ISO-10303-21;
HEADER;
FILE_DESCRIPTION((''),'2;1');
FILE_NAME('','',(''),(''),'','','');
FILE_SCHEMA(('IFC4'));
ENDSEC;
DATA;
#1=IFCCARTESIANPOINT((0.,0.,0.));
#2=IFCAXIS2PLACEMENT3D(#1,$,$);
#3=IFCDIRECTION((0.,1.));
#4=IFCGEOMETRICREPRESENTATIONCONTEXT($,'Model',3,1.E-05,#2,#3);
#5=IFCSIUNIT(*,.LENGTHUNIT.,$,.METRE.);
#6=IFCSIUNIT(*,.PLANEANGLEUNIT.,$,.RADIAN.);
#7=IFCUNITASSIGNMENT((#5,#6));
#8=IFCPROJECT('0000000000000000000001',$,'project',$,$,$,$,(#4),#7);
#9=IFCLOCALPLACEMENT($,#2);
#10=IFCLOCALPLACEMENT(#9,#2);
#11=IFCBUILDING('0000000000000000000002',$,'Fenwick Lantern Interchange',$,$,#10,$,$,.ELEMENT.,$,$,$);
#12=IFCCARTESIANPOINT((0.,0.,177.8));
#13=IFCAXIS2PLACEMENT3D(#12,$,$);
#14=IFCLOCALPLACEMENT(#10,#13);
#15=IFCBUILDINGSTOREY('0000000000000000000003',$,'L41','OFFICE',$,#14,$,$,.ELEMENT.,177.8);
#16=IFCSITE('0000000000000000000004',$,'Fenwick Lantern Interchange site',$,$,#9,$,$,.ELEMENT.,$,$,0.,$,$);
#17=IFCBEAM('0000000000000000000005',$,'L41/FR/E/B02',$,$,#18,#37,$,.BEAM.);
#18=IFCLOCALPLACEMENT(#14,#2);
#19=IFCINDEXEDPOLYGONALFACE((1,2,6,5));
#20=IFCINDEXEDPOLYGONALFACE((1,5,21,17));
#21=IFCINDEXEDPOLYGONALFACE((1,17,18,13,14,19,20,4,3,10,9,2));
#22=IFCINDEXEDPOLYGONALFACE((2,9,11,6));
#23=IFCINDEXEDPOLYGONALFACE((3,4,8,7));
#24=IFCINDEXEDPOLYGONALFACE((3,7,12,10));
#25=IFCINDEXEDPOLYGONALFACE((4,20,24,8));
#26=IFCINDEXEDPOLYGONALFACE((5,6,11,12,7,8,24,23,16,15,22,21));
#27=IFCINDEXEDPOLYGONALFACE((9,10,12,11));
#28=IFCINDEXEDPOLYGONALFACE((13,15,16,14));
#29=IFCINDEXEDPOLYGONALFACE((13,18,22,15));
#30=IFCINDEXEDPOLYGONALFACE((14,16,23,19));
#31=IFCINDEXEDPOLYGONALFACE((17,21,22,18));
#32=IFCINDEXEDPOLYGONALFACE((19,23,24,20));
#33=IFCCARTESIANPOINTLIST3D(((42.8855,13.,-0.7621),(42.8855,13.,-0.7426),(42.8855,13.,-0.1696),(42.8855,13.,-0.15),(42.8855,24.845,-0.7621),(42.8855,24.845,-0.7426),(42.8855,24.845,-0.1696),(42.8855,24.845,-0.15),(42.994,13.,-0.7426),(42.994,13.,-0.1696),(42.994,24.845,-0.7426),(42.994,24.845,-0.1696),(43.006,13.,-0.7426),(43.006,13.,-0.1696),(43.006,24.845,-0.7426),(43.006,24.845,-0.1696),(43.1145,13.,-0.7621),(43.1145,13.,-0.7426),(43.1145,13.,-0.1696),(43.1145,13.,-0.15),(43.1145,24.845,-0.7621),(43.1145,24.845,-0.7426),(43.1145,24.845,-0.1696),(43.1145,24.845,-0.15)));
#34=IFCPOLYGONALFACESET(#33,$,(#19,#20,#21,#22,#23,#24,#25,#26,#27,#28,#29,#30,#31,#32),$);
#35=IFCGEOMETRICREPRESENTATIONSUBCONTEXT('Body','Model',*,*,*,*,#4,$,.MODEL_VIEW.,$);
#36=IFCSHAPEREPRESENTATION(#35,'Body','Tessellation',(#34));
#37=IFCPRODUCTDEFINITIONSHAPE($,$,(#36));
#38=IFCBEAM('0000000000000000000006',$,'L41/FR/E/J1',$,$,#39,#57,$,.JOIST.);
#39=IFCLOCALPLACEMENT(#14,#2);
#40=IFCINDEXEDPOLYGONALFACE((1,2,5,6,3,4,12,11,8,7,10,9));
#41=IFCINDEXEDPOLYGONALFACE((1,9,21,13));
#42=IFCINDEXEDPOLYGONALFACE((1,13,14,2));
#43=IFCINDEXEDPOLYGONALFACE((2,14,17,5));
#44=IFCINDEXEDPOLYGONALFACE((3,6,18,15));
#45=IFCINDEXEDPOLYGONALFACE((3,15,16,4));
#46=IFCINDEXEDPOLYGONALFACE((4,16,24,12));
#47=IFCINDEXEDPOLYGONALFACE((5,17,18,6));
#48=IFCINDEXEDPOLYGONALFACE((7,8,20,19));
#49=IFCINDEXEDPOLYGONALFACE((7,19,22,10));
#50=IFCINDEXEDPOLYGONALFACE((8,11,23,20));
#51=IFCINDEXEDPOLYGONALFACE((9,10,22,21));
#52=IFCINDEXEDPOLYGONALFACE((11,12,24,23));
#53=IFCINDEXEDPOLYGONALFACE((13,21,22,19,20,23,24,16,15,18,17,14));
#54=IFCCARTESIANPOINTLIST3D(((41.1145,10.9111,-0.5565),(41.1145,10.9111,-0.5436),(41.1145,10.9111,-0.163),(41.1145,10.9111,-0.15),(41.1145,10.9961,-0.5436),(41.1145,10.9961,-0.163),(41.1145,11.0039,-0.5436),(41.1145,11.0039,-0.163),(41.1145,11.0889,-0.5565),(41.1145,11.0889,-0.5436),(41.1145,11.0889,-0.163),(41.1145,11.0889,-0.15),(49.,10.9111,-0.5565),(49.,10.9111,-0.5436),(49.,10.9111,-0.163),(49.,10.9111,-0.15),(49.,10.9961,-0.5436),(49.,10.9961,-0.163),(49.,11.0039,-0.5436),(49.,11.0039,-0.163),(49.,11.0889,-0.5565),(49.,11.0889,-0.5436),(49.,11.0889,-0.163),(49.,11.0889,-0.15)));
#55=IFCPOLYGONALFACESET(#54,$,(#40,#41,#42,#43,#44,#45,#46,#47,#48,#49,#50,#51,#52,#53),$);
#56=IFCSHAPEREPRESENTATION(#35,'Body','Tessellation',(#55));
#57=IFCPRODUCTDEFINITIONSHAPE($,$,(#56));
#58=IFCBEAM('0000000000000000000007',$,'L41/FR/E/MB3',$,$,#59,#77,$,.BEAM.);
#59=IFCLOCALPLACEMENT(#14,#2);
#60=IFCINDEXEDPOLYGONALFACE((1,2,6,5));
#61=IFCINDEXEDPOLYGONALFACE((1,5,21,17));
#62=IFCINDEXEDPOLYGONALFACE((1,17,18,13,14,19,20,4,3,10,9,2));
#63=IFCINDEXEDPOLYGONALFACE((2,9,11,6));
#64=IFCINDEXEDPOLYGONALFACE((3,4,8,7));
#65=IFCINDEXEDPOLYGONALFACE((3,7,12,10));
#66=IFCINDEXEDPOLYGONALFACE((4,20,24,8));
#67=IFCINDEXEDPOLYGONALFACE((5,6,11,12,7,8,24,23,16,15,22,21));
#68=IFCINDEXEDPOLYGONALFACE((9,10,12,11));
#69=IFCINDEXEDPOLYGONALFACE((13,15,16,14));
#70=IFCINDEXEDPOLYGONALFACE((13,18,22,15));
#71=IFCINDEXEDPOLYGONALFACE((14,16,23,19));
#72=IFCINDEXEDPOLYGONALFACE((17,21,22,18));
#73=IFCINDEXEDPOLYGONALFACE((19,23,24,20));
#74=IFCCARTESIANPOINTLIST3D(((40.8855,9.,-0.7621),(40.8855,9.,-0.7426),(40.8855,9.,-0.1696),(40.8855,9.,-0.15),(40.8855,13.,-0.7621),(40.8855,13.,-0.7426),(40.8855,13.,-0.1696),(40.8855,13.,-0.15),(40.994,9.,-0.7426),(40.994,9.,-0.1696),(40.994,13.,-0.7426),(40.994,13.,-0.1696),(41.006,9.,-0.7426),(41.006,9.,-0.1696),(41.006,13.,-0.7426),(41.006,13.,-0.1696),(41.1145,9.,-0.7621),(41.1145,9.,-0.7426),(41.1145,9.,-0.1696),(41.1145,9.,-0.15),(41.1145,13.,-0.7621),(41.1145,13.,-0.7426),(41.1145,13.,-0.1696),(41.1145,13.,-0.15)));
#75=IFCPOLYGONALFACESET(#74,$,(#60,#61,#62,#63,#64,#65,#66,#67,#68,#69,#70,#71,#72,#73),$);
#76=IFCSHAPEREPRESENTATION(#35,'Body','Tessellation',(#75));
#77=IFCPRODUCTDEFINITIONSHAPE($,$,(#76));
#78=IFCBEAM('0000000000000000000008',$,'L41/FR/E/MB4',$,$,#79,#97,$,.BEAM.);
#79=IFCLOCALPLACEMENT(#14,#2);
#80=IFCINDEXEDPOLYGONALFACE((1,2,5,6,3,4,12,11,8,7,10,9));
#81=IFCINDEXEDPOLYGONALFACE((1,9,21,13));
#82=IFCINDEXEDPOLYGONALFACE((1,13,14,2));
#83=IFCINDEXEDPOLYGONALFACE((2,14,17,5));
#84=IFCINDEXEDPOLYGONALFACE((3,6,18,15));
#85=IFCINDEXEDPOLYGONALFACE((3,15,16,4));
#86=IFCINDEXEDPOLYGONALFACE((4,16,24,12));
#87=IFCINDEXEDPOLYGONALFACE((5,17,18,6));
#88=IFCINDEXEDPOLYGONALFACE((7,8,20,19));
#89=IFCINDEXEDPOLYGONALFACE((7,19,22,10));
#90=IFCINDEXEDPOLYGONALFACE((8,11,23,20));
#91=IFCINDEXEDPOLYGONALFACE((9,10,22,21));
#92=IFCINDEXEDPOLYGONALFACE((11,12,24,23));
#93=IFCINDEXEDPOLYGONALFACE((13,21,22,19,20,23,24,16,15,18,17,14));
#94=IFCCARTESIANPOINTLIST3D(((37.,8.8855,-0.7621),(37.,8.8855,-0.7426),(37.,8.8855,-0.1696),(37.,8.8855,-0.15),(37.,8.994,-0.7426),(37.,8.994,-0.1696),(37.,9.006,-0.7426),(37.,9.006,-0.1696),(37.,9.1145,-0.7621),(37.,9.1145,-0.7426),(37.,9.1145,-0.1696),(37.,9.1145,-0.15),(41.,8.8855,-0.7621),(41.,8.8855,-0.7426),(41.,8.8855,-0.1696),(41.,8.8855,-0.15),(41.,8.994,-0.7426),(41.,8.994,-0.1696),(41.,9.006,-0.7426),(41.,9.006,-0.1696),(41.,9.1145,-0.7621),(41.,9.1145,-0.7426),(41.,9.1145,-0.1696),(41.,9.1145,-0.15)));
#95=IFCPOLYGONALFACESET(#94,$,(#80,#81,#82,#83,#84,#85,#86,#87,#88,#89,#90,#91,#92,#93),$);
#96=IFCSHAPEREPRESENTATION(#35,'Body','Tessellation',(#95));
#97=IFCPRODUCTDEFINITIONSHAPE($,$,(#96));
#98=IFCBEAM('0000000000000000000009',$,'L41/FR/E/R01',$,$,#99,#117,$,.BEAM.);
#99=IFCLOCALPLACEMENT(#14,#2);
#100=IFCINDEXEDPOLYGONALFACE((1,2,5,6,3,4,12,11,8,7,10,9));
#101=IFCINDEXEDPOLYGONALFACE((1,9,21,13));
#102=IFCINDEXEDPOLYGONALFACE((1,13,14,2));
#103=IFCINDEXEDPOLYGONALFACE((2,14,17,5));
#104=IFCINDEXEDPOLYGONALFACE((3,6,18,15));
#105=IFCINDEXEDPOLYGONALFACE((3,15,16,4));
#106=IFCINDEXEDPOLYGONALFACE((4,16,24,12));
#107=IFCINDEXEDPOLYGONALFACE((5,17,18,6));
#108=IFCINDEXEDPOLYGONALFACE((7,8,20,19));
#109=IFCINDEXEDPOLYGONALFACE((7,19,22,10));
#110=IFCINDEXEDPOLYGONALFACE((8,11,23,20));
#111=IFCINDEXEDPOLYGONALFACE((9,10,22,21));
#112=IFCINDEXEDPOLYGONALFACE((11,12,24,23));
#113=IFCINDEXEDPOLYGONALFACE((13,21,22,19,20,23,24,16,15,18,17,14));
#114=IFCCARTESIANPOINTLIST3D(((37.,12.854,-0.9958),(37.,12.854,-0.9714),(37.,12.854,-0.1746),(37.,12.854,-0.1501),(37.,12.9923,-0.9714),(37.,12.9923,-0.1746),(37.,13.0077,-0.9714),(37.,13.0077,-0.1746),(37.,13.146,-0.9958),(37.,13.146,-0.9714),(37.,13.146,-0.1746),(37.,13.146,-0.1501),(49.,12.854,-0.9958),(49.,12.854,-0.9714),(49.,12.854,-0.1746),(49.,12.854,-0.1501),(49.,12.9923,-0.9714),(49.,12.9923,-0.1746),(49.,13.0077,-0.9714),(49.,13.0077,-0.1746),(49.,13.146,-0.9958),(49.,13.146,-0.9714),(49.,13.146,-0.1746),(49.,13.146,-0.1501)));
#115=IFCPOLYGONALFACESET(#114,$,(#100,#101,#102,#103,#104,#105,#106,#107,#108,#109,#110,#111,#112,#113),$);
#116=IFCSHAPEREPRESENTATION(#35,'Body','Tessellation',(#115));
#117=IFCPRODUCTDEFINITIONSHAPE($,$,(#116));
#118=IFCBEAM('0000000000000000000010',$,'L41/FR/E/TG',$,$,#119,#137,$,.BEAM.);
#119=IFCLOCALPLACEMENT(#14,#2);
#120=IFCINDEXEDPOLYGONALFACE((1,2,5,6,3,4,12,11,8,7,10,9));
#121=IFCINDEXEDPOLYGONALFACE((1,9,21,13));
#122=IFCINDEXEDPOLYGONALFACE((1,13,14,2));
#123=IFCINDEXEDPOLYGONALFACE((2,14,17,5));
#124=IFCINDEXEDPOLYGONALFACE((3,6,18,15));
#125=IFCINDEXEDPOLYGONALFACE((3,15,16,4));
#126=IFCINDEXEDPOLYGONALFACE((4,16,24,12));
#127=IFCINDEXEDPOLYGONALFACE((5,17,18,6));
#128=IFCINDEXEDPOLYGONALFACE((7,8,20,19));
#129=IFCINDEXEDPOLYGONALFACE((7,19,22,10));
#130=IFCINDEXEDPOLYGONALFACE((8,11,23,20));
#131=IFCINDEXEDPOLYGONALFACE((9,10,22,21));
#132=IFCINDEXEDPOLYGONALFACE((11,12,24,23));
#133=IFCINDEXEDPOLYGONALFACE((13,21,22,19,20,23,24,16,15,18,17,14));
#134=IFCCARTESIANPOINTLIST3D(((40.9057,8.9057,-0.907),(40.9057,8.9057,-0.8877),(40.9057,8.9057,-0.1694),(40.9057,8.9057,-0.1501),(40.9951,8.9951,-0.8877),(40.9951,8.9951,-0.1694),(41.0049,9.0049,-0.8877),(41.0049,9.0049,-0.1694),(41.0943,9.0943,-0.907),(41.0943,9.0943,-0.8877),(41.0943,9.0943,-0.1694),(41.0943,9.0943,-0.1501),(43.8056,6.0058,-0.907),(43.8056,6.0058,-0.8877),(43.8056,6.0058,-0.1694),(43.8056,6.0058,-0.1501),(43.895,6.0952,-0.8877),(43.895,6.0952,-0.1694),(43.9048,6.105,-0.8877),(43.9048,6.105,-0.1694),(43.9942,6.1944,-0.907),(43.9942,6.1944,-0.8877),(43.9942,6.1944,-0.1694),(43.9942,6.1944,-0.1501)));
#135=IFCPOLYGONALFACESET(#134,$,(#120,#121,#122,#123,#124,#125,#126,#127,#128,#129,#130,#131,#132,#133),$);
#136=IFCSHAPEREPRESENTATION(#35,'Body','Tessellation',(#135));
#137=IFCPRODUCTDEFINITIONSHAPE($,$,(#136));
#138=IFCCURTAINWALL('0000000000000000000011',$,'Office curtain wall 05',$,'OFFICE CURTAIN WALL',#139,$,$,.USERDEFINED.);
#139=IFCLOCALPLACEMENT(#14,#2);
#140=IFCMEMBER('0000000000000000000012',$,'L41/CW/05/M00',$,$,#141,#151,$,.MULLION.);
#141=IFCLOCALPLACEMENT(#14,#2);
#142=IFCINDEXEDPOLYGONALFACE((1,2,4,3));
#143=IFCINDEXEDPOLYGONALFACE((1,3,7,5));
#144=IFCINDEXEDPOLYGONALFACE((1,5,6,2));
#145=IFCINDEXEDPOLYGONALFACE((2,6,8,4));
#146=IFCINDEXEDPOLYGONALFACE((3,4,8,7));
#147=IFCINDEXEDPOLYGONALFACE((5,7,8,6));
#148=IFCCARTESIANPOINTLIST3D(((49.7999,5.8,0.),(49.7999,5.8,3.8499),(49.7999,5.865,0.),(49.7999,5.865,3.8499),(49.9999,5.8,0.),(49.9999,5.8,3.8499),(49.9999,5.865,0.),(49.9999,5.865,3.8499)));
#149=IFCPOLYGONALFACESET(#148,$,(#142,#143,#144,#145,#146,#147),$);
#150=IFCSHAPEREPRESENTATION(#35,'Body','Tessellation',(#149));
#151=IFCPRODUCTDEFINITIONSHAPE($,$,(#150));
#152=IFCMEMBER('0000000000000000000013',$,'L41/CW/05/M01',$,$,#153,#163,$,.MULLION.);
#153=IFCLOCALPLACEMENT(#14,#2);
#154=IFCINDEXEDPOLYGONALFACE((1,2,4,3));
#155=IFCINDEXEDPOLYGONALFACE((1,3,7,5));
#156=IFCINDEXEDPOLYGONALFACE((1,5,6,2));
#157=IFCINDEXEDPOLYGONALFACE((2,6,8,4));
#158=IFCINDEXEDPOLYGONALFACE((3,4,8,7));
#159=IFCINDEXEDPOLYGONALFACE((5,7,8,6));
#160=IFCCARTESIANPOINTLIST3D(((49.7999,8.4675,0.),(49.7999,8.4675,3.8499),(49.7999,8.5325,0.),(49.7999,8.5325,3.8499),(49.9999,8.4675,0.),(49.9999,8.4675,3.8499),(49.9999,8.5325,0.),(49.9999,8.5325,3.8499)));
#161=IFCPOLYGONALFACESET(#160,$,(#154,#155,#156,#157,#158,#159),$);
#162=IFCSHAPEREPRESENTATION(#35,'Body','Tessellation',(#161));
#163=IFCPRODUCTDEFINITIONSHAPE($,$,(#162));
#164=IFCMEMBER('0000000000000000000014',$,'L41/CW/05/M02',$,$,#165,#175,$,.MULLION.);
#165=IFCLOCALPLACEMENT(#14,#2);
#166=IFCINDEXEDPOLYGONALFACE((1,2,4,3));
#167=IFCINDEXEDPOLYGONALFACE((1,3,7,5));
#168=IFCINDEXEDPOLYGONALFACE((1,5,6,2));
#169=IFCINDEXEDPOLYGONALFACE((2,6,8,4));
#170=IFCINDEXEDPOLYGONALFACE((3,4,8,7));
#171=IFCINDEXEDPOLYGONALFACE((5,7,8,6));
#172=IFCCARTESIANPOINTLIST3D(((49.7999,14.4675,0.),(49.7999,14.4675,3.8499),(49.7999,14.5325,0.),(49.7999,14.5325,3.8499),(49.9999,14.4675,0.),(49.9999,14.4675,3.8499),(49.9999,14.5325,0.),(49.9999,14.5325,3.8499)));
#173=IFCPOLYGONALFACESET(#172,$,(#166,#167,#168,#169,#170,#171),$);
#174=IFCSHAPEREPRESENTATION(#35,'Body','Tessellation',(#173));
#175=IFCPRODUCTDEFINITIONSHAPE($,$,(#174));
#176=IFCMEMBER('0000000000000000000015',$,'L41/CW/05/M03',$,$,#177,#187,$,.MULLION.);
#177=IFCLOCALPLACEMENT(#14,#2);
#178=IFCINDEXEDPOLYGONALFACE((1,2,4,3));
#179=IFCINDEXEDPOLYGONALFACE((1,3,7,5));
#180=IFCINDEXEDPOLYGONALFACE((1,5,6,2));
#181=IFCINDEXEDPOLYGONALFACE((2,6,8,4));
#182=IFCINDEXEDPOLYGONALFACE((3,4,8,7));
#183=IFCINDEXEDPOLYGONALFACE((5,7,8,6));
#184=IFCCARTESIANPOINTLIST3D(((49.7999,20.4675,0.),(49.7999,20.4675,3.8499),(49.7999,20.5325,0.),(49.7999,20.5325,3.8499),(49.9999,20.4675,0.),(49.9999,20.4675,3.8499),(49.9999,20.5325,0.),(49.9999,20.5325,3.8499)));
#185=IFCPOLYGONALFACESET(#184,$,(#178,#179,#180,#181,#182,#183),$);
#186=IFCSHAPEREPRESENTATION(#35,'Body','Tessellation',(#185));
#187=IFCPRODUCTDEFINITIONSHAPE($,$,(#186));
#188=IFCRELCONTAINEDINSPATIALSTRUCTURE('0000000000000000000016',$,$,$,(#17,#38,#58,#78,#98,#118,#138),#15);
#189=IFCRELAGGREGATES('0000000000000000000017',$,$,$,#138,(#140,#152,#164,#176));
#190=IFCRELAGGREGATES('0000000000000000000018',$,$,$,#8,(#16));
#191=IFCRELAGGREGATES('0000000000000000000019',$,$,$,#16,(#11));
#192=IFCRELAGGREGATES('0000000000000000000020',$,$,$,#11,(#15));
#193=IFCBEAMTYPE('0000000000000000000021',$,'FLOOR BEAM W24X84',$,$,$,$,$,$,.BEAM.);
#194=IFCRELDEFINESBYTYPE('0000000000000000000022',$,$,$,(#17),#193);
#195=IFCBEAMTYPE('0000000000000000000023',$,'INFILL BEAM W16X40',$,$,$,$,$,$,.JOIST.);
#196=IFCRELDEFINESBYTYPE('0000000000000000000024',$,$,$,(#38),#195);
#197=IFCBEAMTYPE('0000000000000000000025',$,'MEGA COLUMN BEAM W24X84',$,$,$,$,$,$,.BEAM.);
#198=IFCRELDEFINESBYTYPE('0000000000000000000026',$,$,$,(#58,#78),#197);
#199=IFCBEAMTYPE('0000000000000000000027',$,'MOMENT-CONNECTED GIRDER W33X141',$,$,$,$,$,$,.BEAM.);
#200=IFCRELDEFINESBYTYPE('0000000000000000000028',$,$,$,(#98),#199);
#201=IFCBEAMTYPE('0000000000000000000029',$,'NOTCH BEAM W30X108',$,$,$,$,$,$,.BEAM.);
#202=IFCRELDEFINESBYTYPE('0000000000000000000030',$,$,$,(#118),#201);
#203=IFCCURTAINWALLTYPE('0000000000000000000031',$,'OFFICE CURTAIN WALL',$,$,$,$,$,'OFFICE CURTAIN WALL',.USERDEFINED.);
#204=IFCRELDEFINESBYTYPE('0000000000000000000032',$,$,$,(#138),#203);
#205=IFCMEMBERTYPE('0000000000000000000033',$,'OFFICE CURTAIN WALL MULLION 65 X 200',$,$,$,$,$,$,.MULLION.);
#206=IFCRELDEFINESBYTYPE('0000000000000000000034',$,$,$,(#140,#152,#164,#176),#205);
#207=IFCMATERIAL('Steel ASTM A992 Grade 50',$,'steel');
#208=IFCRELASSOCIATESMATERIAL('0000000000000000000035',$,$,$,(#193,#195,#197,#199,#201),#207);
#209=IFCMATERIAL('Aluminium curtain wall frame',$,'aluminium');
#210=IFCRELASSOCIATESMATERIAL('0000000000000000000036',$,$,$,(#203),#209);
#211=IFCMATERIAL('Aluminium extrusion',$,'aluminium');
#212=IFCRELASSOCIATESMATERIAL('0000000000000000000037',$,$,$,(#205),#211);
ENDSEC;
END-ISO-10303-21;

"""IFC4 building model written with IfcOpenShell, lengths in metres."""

from ifc_helpers import new_model, si_unit, direction, frame, origin, origin_2d, place, context, subcontext, project, spatial, rectangle, i_section, extrude, material, material_profile, profile_set, type_object, element, aggregate, save


model = new_model("IFC4")

# Units and contexts
model_context = context("Model", 3, precision=1e-05, world=origin(), true_north=direction((0.0, 1.0)))
body_context = subcontext(model_context, "Body", "Model", "MODEL_VIEW")
ifc_project = project(units=[si_unit("LENGTHUNIT", "METRE"), si_unit("PLANEANGLEUNIT", "RADIAN")], contexts=[model_context])

# Site, building, storey
site_placement = place(None, origin())
site = spatial("IfcSite", under=ifc_project, at=site_placement, Name="Fenwick Lantern Interchange site", CompositionType="ELEMENT", RefElevation=0.0)
building_placement = place(site_placement, origin())
building = spatial("IfcBuilding", under=site, at=building_placement, Name="Fenwick Lantern Interchange", CompositionType="ELEMENT")
storey_placement = place(building_placement, frame((0.0, 0.0, 177.8)))
storey = spatial("IfcBuildingStorey", under=building, at=storey_placement, Name="L41", Description="OFFICE", CompositionType="ELEMENT", Elevation=177.8)

# Shared definitions
ifc_material_1 = material(Name="Steel ASTM A992 Grade 50", Category="steel")

# Beams
ifc_material_profile_1 = material_profile(ifc_material_1, i_section(OverallWidth=0.229, OverallDepth=0.6121, WebThickness=0.012, FlangeThickness=0.0195, at=origin_2d()), Name="W24X84")
ifc_profile_set_1 = profile_set([ifc_material_profile_1], Name="Steel ASTM A992 Grade 50")
beam_type_1 = type_object("IfcBeamType", Name="FLOOR BEAM W24X84", PredefinedType="BEAM", material=ifc_profile_set_1)
for number, where, z_axis, x_axis, name in (
    (1, (43.0, 13.0, -0.4561), (0.0, 1.0, 0.0), (-1.0, 0.0, 0.0), "L41/FR/E/B02"),
):
    element("IfcBeam", number, at=place(storey_placement, frame(where, z_axis=z_axis, x_axis=x_axis)), inside=storey, type_object=beam_type_1, Name=name, PredefinedType="BEAM", context=body_context, shape_type="SweptSolid", body=[
        extrude(i_section(OverallWidth=0.229, OverallDepth=0.6121, WebThickness=0.012, FlangeThickness=0.0195, at=origin_2d()), origin(), (0.0, 0.0, 1.0), 11.845),
    ])
ifc_material_profile_2 = material_profile(ifc_material_1, i_section(OverallWidth=0.1777, OverallDepth=0.4065, WebThickness=0.0078, FlangeThickness=0.0129, at=origin_2d()), Name="W16X40")
ifc_profile_set_2 = profile_set([ifc_material_profile_2], Name="Steel ASTM A992 Grade 50")
beam_type_2 = type_object("IfcBeamType", Name="INFILL BEAM W16X40", PredefinedType="JOIST", material=ifc_profile_set_2)
beam_1_placement = place(storey_placement, frame((49.0, 11.0, -0.3533), z_axis=(-1.0, 0.0, 0.0), x_axis=(0.0, -1.0, 0.0)))
element("IfcBeam", 2, at=beam_1_placement, inside=storey, type_object=beam_type_2, Name="L41/FR/E/J1", PredefinedType="JOIST", context=body_context, shape_type="SweptSolid", body=[
    extrude(i_section(OverallWidth=0.1777, OverallDepth=0.4065, WebThickness=0.0078, FlangeThickness=0.0129, at=origin_2d()), origin(), (0.0, 0.0, 1.0), 7.8855),
])
ifc_material_profile_3 = material_profile(ifc_material_1, i_section(OverallWidth=0.229, OverallDepth=0.6121, WebThickness=0.012, FlangeThickness=0.0195, at=origin_2d()), Name="W24X84")
ifc_profile_set_3 = profile_set([ifc_material_profile_3], Name="Steel ASTM A992 Grade 50")
beam_type_3 = type_object("IfcBeamType", Name="MEGA COLUMN BEAM W24X84", PredefinedType="BEAM", material=ifc_profile_set_3)
for number, where, z_axis, x_axis, name in (
    (3, (41.0, 9.0, -0.4561), (0.0, 1.0, 0.0), (-1.0, 0.0, 0.0), "L41/FR/E/MB3"),
    (4, (41.0, 9.0, -0.4561), (-1.0, 0.0, 0.0), (0.0, -1.0, 0.0), "L41/FR/E/MB4"),
):
    element("IfcBeam", number, at=place(storey_placement, frame(where, z_axis=z_axis, x_axis=x_axis)), inside=storey, type_object=beam_type_3, Name=name, PredefinedType="BEAM", context=body_context, shape_type="SweptSolid", body=[
        extrude(i_section(OverallWidth=0.229, OverallDepth=0.6121, WebThickness=0.012, FlangeThickness=0.0195, at=origin_2d()), origin(), (0.0, 0.0, 1.0), 4.0),
    ])
ifc_material_profile_4 = material_profile(ifc_material_1, i_section(OverallWidth=0.292, OverallDepth=0.8457, WebThickness=0.0154, FlangeThickness=0.0244, at=origin_2d()), Name="W33X141")
ifc_profile_set_4 = profile_set([ifc_material_profile_4], Name="Steel ASTM A992 Grade 50")
beam_type_4 = type_object("IfcBeamType", Name="MOMENT-CONNECTED GIRDER W33X141", PredefinedType="BEAM", material=ifc_profile_set_4)
beam_2_placement = place(storey_placement, frame((49.0, 13.0, -0.573), z_axis=(-1.0, 0.0, 0.0), x_axis=(0.0, -1.0, 0.0)))
element("IfcBeam", 5, at=beam_2_placement, inside=storey, type_object=beam_type_4, Name="L41/FR/E/R01", PredefinedType="BEAM", context=body_context, shape_type="SweptSolid", body=[
    extrude(i_section(OverallWidth=0.292, OverallDepth=0.8457, WebThickness=0.0154, FlangeThickness=0.0244, at=origin_2d()), origin(), (0.0, 0.0, 1.0), 12.0),
])
ifc_material_profile_5 = material_profile(ifc_material_1, i_section(OverallWidth=0.2666, OverallDepth=0.7568, WebThickness=0.0139, FlangeThickness=0.0193, at=origin_2d()), Name="W30X108")
ifc_profile_set_5 = profile_set([ifc_material_profile_5], Name="Steel ASTM A992 Grade 50")
beam_type_5 = type_object("IfcBeamType", Name="NOTCH BEAM W30X108", PredefinedType="BEAM", material=ifc_profile_set_5)
beam_3_placement = place(storey_placement, frame((41.0, 9.0, -0.5286), z_axis=(0.707107, -0.707107, 0.0), x_axis=(0.707107, 0.707107, 0.0)))
element("IfcBeam", 6, at=beam_3_placement, inside=storey, type_object=beam_type_5, Name="L41/FR/E/TG", PredefinedType="BEAM", context=body_context, shape_type="SweptSolid", body=[
    extrude(i_section(OverallWidth=0.2666, OverallDepth=0.7568, WebThickness=0.0139, FlangeThickness=0.0193, at=origin_2d()), origin(), (0.0, 0.0, 1.0), 4.1011),
])

# Curtain wall, members
ifc_material_2 = material(Name="Aluminium curtain wall frame", Category="aluminium")
curtain_wall_type = type_object("IfcCurtainWallType", Name="OFFICE CURTAIN WALL", ElementType="OFFICE CURTAIN WALL", PredefinedType="USERDEFINED", material=ifc_material_2)
curtain_wall_placement = place(storey_placement, origin())
curtain_wall = element("IfcCurtainWall", 7, at=curtain_wall_placement, inside=storey, type_object=curtain_wall_type, Name="Office curtain wall 05", ObjectType="OFFICE CURTAIN WALL", PredefinedType="USERDEFINED")
ifc_material_3 = material(Name="Aluminium extrusion", Category="aluminium")
ifc_material_profile_6 = material_profile(ifc_material_3, rectangle(XDim=0.2, YDim=0.0649, at=origin_2d()), Name="OFFICE CURTAIN WALL MULLION 65 X 200")
ifc_profile_set_6 = profile_set([ifc_material_profile_6], Name="Aluminium extrusion")
member_type_1 = type_object("IfcMemberType", Name="OFFICE CURTAIN WALL MULLION 65 X 200", PredefinedType="MULLION", material=ifc_profile_set_6)
member_1_placement = place(storey_placement, frame((49.8999, 5.8325, 0.0), z_axis=(0.0, 0.0, 1.0), x_axis=(-1.0, 0.0, 0.0)))
member_1 = element("IfcMember", 8, at=member_1_placement, type_object=member_type_1, Name="L41/CW/05/M00", PredefinedType="MULLION", context=body_context, shape_type="SweptSolid", body=[
    extrude(rectangle(XDim=0.2, YDim=0.0649, at=origin_2d()), origin(), (0.0, 0.0, 1.0), 3.8499),
])
member_2_placement = place(storey_placement, frame((49.8999, 8.5, 0.0), z_axis=(0.0, 0.0, 1.0), x_axis=(-1.0, 0.0, 0.0)))
member_2 = element("IfcMember", 9, at=member_2_placement, type_object=member_type_1, Name="L41/CW/05/M01", PredefinedType="MULLION", context=body_context, shape_type="SweptSolid", body=[
    extrude(rectangle(XDim=0.2, YDim=0.0649, at=origin_2d()), origin(), (0.0, 0.0, 1.0), 3.8499),
])
member_3_placement = place(storey_placement, frame((49.8999, 14.5, 0.0), z_axis=(0.0, 0.0, 1.0), x_axis=(-1.0, 0.0, 0.0)))
member_3 = element("IfcMember", 10, at=member_3_placement, type_object=member_type_1, Name="L41/CW/05/M02", PredefinedType="MULLION", context=body_context, shape_type="SweptSolid", body=[
    extrude(rectangle(XDim=0.2, YDim=0.0649, at=origin_2d()), origin(), (0.0, 0.0, 1.0), 3.8499),
])
member_4_placement = place(storey_placement, frame((49.8999, 20.5, 0.0), z_axis=(0.0, 0.0, 1.0), x_axis=(-1.0, 0.0, 0.0)))
member_4 = element("IfcMember", 11, at=member_4_placement, type_object=member_type_1, Name="L41/CW/05/M03", PredefinedType="MULLION", context=body_context, shape_type="SweptSolid", body=[
    extrude(rectangle(XDim=0.2, YDim=0.0649, at=origin_2d()), origin(), (0.0, 0.0, 1.0), 3.8499),
])
aggregate(curtain_wall, [member_1, member_2, member_3, member_4])

save(model, "model.ifc")
